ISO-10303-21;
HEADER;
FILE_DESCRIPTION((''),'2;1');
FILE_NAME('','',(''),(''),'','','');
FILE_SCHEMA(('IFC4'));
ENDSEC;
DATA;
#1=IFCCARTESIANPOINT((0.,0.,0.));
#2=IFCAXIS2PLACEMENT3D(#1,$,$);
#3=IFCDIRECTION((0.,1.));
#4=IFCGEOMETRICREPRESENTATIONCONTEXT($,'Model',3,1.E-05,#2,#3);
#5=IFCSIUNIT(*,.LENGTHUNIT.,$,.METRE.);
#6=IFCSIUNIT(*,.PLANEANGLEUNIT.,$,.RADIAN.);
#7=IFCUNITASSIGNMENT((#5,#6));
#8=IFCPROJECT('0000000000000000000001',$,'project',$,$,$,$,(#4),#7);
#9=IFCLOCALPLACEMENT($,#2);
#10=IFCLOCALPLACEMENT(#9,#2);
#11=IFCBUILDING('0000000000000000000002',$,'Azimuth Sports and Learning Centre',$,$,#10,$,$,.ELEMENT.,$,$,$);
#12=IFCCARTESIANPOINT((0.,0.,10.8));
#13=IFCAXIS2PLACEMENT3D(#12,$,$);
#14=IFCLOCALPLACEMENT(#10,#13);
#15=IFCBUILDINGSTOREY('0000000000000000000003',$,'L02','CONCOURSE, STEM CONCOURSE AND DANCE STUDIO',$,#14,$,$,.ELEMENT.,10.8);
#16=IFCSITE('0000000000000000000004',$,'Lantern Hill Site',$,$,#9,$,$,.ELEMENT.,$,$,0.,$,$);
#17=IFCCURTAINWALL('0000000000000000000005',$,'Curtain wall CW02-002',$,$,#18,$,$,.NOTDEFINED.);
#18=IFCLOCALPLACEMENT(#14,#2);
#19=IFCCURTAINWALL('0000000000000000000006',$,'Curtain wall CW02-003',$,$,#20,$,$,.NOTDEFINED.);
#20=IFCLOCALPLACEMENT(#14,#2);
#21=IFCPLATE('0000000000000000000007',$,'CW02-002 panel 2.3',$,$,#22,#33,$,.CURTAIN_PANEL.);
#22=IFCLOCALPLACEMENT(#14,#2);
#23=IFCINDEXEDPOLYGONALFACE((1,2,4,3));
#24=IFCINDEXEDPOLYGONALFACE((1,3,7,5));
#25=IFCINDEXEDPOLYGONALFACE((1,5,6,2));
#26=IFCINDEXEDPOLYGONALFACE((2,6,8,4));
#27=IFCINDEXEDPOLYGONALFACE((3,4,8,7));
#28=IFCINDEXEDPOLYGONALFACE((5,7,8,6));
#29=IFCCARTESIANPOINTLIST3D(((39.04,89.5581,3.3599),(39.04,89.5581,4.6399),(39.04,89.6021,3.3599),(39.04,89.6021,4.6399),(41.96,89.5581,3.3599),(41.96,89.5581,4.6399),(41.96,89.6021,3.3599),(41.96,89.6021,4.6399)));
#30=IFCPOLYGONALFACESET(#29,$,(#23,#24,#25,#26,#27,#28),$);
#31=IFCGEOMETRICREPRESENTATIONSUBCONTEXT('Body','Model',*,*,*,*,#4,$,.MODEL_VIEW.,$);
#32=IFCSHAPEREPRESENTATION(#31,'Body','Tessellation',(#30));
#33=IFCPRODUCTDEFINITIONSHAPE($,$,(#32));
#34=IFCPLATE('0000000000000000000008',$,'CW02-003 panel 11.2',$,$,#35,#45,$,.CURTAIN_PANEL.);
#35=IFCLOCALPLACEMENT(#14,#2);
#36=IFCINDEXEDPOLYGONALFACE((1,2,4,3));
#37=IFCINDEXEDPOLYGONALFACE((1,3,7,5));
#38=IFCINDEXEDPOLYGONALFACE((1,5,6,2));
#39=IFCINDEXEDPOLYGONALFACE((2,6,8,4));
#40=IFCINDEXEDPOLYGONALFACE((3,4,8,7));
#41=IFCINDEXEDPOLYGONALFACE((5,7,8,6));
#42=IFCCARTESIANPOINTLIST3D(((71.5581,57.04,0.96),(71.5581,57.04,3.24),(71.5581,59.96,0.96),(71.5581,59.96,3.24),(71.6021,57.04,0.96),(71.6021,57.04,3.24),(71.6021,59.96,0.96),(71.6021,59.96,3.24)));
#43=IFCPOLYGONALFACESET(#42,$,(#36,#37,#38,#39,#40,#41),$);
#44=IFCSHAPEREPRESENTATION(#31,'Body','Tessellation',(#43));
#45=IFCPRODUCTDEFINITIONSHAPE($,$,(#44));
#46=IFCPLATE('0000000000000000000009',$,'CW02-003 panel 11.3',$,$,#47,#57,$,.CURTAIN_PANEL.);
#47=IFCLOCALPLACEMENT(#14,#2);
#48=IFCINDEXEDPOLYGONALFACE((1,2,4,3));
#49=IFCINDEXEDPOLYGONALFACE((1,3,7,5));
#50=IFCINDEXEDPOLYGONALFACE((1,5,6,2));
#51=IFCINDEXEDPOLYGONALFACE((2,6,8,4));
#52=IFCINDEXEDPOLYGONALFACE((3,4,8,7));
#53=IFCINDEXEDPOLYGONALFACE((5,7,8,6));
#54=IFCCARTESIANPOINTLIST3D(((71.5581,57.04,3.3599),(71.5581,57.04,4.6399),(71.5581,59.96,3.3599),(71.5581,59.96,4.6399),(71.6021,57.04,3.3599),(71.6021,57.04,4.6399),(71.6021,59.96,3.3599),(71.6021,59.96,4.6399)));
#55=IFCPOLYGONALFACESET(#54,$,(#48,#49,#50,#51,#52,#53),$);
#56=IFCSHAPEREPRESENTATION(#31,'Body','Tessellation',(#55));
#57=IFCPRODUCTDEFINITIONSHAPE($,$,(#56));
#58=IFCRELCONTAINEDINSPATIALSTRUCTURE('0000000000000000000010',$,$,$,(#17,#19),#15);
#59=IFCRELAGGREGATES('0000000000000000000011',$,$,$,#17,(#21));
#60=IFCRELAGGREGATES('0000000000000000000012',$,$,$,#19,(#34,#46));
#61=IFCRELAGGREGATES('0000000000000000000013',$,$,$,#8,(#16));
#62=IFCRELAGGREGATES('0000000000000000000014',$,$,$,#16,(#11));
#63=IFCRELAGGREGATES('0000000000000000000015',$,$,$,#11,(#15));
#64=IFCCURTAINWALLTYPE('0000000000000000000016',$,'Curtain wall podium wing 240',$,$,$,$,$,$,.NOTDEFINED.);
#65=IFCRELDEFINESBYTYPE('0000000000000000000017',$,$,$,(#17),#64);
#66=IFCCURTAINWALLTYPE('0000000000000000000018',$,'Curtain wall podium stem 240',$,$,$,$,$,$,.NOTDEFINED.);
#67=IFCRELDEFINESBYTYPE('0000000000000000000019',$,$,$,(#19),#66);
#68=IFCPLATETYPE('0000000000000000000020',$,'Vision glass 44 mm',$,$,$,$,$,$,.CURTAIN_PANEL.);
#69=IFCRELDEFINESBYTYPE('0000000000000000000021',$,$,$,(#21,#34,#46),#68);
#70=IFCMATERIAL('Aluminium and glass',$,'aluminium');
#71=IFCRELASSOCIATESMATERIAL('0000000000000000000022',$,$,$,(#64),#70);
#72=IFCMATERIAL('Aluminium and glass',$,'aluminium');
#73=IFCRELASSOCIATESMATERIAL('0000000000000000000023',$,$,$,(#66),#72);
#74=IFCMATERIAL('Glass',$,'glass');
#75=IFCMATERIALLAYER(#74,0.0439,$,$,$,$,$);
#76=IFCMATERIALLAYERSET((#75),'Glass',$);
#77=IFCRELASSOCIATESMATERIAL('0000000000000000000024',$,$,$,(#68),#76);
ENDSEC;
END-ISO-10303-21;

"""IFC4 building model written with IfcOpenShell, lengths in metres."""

from ifc_helpers import new_model, si_unit, direction, frame, origin, origin_2d, place, context, subcontext, project, spatial, rectangle, extrude, material, layer, layer_set, type_object, element, aggregate, save


model = new_model("IFC4")

# Units and contexts
model_context = context("Model", 3, precision=1e-05, world=origin(), true_north=direction((0.0, 1.0)))
body_context = subcontext(model_context, "Body", "Model", "MODEL_VIEW")
ifc_project = project(units=[si_unit("LENGTHUNIT", "METRE"), si_unit("PLANEANGLEUNIT", "RADIAN")], contexts=[model_context])

# Site, building, storey
site_placement = place(None, origin())
site = spatial("IfcSite", under=ifc_project, at=site_placement, Name="Lantern Hill Site", CompositionType="ELEMENT", RefElevation=0.0)
building_placement = place(site_placement, origin())
building = spatial("IfcBuilding", under=site, at=building_placement, Name="Azimuth Sports and Learning Centre", CompositionType="ELEMENT")
storey_placement = place(building_placement, frame((0.0, 0.0, 10.8)))
storey = spatial("IfcBuildingStorey", under=building, at=storey_placement, Name="L02", Description="CONCOURSE, STEM CONCOURSE AND DANCE STUDIO", CompositionType="ELEMENT", Elevation=10.8)

# Curtain wall
ifc_material_1 = material(Name="Aluminium and glass", Category="aluminium")
curtain_wall_type_1 = type_object("IfcCurtainWallType", Name="Curtain wall podium wing 240", PredefinedType="NOTDEFINED", material=ifc_material_1)
curtain_wall_1_placement = place(storey_placement, origin())
curtain_wall_1 = element("IfcCurtainWall", 1, at=curtain_wall_1_placement, inside=storey, type_object=curtain_wall_type_1, Name="Curtain wall CW02-002", PredefinedType="NOTDEFINED")

# Curtain wall
ifc_material_2 = material(Name="Aluminium and glass", Category="aluminium")
curtain_wall_type_2 = type_object("IfcCurtainWallType", Name="Curtain wall podium stem 240", PredefinedType="NOTDEFINED", material=ifc_material_2)
curtain_wall_2_placement = place(storey_placement, origin())
curtain_wall_2 = element("IfcCurtainWall", 2, at=curtain_wall_2_placement, inside=storey, type_object=curtain_wall_type_2, Name="Curtain wall CW02-003", PredefinedType="NOTDEFINED")

# Plates
ifc_material_3 = material(Name="Glass", Category="glass")
ifc_layer_1 = layer(ifc_material_3, 0.0439)
ifc_layer_set_1 = layer_set([ifc_layer_1], Name="Glass")
plate_type_1 = type_object("IfcPlateType", Name="Vision glass 44 mm", PredefinedType="CURTAIN_PANEL", material=ifc_layer_set_1)
plate_1_placement = place(storey_placement, frame((40.5, 89.5801, 3.3599), z_axis=(0.0, 0.0, 1.0), x_axis=(1.0, 0.0, 0.0)))
plate_1 = element("IfcPlate", 3, at=plate_1_placement, type_object=plate_type_1, Name="CW02-002 panel 2.3", PredefinedType="CURTAIN_PANEL", context=body_context, shape_type="SweptSolid", body=[
    extrude(rectangle(XDim=2.9199, YDim=0.0439, at=origin_2d()), origin(), (0.0, 0.0, 1.0), 1.28),
])
aggregate(curtain_wall_1, [plate_1])
plate_2_placement = place(storey_placement, frame((71.5801, 58.5, 0.96), z_axis=(0.0, 0.0, 1.0), x_axis=(0.0, -1.0, 0.0)))
plate_2 = element("IfcPlate", 4, at=plate_2_placement, type_object=plate_type_1, Name="CW02-003 panel 11.2", PredefinedType="CURTAIN_PANEL", context=body_context, shape_type="SweptSolid", body=[
    extrude(rectangle(XDim=2.9199, YDim=0.0439, at=origin_2d()), origin(), (0.0, 0.0, 1.0), 2.28),
])
plate_3_placement = place(storey_placement, frame((71.5801, 58.5, 3.3599), z_axis=(0.0, 0.0, 1.0), x_axis=(0.0, -1.0, 0.0)))
plate_3 = element("IfcPlate", 5, at=plate_3_placement, type_object=plate_type_1, Name="CW02-003 panel 11.3", PredefinedType="CURTAIN_PANEL", context=body_context, shape_type="SweptSolid", body=[
    extrude(rectangle(XDim=2.9199, YDim=0.0439, at=origin_2d()), origin(), (0.0, 0.0, 1.0), 1.28),
])
aggregate(curtain_wall_2, [plate_2, plate_3])

save(model, "model.ifc")
